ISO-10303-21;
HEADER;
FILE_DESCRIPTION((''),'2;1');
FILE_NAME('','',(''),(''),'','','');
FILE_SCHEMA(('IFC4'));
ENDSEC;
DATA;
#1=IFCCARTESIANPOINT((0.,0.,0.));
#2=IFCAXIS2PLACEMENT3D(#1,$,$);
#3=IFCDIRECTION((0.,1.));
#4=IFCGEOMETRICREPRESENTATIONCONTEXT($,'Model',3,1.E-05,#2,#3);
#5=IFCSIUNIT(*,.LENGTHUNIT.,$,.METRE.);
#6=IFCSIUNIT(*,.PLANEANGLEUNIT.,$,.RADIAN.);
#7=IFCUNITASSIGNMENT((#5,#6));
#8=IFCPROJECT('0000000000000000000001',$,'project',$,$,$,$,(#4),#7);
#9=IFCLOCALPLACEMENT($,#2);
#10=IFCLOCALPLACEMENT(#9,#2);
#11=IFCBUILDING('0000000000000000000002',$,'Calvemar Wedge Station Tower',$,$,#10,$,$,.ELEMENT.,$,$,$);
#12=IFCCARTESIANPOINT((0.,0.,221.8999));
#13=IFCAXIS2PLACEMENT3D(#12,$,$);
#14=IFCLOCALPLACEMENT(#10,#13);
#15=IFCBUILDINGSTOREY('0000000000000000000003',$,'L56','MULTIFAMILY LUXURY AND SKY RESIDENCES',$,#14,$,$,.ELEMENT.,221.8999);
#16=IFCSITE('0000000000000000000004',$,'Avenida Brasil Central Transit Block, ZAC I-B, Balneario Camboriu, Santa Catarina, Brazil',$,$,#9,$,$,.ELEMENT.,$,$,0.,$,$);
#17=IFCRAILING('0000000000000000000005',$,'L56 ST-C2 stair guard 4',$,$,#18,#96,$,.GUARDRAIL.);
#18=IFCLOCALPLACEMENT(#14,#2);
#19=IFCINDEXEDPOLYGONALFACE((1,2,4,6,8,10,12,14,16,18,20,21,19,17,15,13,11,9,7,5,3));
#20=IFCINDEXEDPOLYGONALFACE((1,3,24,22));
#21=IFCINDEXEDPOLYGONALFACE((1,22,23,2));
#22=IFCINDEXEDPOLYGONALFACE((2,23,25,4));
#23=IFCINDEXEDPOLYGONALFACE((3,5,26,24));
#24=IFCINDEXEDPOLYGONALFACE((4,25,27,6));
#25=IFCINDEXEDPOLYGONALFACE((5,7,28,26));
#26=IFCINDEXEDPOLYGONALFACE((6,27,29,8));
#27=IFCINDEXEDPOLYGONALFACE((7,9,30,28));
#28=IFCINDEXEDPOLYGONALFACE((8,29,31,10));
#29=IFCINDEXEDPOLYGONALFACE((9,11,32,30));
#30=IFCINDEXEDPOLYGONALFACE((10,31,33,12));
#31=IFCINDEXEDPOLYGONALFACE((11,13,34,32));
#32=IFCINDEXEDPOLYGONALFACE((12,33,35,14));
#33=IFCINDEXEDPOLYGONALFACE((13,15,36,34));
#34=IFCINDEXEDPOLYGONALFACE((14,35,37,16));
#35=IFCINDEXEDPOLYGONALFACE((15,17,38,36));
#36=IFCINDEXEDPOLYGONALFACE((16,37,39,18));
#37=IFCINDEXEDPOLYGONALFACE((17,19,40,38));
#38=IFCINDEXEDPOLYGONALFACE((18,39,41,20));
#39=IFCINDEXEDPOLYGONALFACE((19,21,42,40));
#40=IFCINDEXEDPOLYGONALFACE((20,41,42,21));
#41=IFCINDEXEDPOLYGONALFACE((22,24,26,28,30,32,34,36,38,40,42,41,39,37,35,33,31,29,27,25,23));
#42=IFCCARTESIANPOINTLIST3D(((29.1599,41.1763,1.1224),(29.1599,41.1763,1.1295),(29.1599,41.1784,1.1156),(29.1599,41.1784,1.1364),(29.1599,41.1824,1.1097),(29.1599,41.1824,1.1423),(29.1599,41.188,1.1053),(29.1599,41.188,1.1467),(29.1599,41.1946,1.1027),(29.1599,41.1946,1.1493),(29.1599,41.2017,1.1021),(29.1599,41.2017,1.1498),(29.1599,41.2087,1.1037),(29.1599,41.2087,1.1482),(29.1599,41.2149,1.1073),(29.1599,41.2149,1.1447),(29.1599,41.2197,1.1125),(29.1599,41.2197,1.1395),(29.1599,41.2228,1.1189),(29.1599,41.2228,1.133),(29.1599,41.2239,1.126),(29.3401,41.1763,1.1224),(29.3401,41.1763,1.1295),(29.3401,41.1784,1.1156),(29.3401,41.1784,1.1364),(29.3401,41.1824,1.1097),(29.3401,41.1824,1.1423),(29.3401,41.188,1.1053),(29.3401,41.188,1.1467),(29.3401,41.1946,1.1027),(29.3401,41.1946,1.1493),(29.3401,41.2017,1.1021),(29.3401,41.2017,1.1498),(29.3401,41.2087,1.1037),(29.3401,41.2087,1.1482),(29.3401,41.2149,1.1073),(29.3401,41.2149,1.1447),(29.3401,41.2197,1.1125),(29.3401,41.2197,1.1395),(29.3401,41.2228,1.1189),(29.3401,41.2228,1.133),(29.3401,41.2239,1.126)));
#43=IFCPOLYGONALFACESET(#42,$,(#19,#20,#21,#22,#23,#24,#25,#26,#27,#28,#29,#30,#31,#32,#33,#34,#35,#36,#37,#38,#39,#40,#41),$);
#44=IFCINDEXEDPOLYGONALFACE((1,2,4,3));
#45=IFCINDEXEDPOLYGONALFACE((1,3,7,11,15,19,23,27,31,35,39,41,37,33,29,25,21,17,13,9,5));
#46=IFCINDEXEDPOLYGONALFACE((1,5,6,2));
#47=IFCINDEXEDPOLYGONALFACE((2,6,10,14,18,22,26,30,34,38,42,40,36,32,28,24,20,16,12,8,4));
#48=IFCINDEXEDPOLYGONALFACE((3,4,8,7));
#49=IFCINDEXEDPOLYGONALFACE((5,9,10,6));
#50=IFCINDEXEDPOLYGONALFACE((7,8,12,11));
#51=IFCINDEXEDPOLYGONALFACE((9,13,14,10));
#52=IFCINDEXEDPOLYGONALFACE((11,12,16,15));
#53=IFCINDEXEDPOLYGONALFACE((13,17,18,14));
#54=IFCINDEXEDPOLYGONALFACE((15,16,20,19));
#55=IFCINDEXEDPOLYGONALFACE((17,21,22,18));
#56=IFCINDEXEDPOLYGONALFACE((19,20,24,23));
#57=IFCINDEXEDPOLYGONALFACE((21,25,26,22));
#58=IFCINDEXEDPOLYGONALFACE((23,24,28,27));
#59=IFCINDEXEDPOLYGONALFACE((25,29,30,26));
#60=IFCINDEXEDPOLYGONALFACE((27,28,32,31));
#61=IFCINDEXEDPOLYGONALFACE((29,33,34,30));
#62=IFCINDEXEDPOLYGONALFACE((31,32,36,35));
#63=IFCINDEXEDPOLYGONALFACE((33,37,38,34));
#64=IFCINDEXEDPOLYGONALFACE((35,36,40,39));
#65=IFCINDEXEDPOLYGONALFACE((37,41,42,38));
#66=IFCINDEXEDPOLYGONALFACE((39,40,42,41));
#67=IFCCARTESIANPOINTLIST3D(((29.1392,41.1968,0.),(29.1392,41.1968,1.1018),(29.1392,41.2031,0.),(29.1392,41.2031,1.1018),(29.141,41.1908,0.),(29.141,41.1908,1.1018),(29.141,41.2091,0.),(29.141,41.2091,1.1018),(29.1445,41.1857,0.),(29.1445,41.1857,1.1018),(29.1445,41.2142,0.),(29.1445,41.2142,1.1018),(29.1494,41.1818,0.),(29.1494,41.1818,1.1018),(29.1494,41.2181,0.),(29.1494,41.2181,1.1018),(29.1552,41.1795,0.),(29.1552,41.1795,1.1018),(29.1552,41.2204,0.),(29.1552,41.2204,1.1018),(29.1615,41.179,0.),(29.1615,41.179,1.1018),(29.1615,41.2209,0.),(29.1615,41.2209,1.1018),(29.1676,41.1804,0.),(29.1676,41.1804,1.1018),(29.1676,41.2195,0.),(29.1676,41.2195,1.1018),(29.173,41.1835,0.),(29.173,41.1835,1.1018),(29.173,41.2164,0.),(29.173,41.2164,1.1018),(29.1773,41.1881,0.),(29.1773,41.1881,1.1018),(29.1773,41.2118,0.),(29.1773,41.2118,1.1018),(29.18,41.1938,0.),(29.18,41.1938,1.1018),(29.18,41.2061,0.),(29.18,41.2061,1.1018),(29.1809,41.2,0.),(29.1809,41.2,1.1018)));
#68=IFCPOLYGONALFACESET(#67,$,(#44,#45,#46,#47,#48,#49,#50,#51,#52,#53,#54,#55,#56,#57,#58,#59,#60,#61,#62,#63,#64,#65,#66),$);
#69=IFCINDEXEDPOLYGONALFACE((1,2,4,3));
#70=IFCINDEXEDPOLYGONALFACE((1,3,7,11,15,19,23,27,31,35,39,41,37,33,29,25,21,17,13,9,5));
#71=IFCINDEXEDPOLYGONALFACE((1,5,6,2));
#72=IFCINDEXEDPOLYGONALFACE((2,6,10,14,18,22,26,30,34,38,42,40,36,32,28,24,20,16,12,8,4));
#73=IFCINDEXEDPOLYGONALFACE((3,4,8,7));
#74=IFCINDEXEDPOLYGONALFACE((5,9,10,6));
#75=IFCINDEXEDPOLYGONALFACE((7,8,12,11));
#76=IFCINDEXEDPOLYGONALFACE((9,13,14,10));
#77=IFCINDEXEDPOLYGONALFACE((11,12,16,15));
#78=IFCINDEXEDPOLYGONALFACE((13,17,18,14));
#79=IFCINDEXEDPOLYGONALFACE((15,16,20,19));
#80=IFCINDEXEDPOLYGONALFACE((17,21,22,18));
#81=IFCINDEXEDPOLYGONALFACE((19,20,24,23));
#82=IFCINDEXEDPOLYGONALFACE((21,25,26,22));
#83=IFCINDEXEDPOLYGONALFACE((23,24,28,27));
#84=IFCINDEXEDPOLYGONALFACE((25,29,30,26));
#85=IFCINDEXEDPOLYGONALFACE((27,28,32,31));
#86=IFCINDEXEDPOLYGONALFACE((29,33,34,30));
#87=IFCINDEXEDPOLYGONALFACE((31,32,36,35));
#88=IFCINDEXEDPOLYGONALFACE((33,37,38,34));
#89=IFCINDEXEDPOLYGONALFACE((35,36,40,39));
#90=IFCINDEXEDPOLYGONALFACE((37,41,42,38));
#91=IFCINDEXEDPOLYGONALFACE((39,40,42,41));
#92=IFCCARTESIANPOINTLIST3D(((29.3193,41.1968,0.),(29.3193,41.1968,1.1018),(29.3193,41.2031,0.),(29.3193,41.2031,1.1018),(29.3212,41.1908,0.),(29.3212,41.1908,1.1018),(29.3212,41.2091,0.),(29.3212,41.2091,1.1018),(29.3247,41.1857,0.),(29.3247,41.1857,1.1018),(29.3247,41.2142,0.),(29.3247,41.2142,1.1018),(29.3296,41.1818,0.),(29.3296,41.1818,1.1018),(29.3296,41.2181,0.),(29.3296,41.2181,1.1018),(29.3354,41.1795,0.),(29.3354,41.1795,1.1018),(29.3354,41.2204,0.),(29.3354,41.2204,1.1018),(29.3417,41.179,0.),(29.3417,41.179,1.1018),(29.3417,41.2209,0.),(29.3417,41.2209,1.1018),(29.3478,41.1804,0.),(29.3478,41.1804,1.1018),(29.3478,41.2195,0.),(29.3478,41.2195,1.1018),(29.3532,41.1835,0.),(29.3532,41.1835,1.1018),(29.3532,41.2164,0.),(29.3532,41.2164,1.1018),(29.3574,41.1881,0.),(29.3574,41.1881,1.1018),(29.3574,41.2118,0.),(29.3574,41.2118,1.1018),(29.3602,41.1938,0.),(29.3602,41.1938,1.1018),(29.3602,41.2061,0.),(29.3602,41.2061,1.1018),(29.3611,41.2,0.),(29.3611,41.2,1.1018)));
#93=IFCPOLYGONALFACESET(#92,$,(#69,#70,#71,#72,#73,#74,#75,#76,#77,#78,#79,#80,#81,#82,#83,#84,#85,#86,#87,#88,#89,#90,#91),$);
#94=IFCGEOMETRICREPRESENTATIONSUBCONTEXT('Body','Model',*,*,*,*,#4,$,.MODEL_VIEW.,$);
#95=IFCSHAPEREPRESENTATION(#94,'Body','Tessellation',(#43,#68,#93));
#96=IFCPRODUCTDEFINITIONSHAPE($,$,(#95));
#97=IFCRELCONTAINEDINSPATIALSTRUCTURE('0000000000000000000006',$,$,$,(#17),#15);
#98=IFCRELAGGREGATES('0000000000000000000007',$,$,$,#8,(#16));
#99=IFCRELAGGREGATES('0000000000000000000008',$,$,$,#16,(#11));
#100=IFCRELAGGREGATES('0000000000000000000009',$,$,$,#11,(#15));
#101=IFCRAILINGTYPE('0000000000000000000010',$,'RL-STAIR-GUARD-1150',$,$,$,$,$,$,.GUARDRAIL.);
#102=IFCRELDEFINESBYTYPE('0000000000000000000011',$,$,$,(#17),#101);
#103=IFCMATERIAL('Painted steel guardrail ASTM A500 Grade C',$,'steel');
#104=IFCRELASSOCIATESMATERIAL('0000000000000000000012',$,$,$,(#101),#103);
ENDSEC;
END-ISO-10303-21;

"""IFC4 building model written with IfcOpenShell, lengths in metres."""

from ifc_helpers import new_model, si_unit, direction, frame, origin, origin_2d, place, context, subcontext, project, spatial, circle, extrude, material, type_object, element, save


model = new_model("IFC4")

# Units and contexts
model_context = context("Model", 3, precision=1e-05, world=origin(), true_north=direction((0.0, 1.0)))
body_context = subcontext(model_context, "Body", "Model", "MODEL_VIEW")
ifc_project = project(units=[si_unit("LENGTHUNIT", "METRE"), si_unit("PLANEANGLEUNIT", "RADIAN")], contexts=[model_context])

# Site, building, storey
site_placement = place(None, origin())
site = spatial("IfcSite", under=ifc_project, at=site_placement, Name="Avenida Brasil Central Transit Block, ZAC I-B, Balneario Camboriu, Santa Catarina, Brazil", CompositionType="ELEMENT", RefElevation=0.0)
building_placement = place(site_placement, origin())
building = spatial("IfcBuilding", under=site, at=building_placement, Name="Calvemar Wedge Station Tower", CompositionType="ELEMENT")
storey_placement = place(building_placement, frame((0.0, 0.0, 221.8999)))
storey = spatial("IfcBuildingStorey", under=building, at=storey_placement, Name="L56", Description="MULTIFAMILY LUXURY AND SKY RESIDENCES", CompositionType="ELEMENT", Elevation=221.8999)

# Railing
ifc_material_1 = material(Name="Painted steel guardrail ASTM A500 Grade C", Category="steel")
railing_type_1 = type_object("IfcRailingType", Name="RL-STAIR-GUARD-1150", PredefinedType="GUARDRAIL", material=ifc_material_1)
railing_1_placement = place(storey_placement, frame((29.1599, 41.2, 0.0)))
element("IfcRailing", 1, at=railing_1_placement, inside=storey, type_object=railing_type_1, Name="L56 ST-C2 stair guard 4", PredefinedType="GUARDRAIL", context=body_context, shape_type="SweptSolid", body=[
    extrude(circle(Radius=0.0239, at=origin_2d()), frame((0.0, 0.0, 1.126), z_axis=(1.0, 0.0, 0.0), x_axis=(0.0, 1.0, 0.0)), (0.0, 0.0, 1.0), 0.1802),
    extrude(circle(Radius=0.021, at=origin_2d()), origin(), (0.0, 0.0, 1.0), 1.1018),
    extrude(circle(Radius=0.021, at=origin_2d()), frame((0.1802, 0.0, 0.0)), (0.0, 0.0, 1.0), 1.1018),
])

save(model, "model.ifc")
